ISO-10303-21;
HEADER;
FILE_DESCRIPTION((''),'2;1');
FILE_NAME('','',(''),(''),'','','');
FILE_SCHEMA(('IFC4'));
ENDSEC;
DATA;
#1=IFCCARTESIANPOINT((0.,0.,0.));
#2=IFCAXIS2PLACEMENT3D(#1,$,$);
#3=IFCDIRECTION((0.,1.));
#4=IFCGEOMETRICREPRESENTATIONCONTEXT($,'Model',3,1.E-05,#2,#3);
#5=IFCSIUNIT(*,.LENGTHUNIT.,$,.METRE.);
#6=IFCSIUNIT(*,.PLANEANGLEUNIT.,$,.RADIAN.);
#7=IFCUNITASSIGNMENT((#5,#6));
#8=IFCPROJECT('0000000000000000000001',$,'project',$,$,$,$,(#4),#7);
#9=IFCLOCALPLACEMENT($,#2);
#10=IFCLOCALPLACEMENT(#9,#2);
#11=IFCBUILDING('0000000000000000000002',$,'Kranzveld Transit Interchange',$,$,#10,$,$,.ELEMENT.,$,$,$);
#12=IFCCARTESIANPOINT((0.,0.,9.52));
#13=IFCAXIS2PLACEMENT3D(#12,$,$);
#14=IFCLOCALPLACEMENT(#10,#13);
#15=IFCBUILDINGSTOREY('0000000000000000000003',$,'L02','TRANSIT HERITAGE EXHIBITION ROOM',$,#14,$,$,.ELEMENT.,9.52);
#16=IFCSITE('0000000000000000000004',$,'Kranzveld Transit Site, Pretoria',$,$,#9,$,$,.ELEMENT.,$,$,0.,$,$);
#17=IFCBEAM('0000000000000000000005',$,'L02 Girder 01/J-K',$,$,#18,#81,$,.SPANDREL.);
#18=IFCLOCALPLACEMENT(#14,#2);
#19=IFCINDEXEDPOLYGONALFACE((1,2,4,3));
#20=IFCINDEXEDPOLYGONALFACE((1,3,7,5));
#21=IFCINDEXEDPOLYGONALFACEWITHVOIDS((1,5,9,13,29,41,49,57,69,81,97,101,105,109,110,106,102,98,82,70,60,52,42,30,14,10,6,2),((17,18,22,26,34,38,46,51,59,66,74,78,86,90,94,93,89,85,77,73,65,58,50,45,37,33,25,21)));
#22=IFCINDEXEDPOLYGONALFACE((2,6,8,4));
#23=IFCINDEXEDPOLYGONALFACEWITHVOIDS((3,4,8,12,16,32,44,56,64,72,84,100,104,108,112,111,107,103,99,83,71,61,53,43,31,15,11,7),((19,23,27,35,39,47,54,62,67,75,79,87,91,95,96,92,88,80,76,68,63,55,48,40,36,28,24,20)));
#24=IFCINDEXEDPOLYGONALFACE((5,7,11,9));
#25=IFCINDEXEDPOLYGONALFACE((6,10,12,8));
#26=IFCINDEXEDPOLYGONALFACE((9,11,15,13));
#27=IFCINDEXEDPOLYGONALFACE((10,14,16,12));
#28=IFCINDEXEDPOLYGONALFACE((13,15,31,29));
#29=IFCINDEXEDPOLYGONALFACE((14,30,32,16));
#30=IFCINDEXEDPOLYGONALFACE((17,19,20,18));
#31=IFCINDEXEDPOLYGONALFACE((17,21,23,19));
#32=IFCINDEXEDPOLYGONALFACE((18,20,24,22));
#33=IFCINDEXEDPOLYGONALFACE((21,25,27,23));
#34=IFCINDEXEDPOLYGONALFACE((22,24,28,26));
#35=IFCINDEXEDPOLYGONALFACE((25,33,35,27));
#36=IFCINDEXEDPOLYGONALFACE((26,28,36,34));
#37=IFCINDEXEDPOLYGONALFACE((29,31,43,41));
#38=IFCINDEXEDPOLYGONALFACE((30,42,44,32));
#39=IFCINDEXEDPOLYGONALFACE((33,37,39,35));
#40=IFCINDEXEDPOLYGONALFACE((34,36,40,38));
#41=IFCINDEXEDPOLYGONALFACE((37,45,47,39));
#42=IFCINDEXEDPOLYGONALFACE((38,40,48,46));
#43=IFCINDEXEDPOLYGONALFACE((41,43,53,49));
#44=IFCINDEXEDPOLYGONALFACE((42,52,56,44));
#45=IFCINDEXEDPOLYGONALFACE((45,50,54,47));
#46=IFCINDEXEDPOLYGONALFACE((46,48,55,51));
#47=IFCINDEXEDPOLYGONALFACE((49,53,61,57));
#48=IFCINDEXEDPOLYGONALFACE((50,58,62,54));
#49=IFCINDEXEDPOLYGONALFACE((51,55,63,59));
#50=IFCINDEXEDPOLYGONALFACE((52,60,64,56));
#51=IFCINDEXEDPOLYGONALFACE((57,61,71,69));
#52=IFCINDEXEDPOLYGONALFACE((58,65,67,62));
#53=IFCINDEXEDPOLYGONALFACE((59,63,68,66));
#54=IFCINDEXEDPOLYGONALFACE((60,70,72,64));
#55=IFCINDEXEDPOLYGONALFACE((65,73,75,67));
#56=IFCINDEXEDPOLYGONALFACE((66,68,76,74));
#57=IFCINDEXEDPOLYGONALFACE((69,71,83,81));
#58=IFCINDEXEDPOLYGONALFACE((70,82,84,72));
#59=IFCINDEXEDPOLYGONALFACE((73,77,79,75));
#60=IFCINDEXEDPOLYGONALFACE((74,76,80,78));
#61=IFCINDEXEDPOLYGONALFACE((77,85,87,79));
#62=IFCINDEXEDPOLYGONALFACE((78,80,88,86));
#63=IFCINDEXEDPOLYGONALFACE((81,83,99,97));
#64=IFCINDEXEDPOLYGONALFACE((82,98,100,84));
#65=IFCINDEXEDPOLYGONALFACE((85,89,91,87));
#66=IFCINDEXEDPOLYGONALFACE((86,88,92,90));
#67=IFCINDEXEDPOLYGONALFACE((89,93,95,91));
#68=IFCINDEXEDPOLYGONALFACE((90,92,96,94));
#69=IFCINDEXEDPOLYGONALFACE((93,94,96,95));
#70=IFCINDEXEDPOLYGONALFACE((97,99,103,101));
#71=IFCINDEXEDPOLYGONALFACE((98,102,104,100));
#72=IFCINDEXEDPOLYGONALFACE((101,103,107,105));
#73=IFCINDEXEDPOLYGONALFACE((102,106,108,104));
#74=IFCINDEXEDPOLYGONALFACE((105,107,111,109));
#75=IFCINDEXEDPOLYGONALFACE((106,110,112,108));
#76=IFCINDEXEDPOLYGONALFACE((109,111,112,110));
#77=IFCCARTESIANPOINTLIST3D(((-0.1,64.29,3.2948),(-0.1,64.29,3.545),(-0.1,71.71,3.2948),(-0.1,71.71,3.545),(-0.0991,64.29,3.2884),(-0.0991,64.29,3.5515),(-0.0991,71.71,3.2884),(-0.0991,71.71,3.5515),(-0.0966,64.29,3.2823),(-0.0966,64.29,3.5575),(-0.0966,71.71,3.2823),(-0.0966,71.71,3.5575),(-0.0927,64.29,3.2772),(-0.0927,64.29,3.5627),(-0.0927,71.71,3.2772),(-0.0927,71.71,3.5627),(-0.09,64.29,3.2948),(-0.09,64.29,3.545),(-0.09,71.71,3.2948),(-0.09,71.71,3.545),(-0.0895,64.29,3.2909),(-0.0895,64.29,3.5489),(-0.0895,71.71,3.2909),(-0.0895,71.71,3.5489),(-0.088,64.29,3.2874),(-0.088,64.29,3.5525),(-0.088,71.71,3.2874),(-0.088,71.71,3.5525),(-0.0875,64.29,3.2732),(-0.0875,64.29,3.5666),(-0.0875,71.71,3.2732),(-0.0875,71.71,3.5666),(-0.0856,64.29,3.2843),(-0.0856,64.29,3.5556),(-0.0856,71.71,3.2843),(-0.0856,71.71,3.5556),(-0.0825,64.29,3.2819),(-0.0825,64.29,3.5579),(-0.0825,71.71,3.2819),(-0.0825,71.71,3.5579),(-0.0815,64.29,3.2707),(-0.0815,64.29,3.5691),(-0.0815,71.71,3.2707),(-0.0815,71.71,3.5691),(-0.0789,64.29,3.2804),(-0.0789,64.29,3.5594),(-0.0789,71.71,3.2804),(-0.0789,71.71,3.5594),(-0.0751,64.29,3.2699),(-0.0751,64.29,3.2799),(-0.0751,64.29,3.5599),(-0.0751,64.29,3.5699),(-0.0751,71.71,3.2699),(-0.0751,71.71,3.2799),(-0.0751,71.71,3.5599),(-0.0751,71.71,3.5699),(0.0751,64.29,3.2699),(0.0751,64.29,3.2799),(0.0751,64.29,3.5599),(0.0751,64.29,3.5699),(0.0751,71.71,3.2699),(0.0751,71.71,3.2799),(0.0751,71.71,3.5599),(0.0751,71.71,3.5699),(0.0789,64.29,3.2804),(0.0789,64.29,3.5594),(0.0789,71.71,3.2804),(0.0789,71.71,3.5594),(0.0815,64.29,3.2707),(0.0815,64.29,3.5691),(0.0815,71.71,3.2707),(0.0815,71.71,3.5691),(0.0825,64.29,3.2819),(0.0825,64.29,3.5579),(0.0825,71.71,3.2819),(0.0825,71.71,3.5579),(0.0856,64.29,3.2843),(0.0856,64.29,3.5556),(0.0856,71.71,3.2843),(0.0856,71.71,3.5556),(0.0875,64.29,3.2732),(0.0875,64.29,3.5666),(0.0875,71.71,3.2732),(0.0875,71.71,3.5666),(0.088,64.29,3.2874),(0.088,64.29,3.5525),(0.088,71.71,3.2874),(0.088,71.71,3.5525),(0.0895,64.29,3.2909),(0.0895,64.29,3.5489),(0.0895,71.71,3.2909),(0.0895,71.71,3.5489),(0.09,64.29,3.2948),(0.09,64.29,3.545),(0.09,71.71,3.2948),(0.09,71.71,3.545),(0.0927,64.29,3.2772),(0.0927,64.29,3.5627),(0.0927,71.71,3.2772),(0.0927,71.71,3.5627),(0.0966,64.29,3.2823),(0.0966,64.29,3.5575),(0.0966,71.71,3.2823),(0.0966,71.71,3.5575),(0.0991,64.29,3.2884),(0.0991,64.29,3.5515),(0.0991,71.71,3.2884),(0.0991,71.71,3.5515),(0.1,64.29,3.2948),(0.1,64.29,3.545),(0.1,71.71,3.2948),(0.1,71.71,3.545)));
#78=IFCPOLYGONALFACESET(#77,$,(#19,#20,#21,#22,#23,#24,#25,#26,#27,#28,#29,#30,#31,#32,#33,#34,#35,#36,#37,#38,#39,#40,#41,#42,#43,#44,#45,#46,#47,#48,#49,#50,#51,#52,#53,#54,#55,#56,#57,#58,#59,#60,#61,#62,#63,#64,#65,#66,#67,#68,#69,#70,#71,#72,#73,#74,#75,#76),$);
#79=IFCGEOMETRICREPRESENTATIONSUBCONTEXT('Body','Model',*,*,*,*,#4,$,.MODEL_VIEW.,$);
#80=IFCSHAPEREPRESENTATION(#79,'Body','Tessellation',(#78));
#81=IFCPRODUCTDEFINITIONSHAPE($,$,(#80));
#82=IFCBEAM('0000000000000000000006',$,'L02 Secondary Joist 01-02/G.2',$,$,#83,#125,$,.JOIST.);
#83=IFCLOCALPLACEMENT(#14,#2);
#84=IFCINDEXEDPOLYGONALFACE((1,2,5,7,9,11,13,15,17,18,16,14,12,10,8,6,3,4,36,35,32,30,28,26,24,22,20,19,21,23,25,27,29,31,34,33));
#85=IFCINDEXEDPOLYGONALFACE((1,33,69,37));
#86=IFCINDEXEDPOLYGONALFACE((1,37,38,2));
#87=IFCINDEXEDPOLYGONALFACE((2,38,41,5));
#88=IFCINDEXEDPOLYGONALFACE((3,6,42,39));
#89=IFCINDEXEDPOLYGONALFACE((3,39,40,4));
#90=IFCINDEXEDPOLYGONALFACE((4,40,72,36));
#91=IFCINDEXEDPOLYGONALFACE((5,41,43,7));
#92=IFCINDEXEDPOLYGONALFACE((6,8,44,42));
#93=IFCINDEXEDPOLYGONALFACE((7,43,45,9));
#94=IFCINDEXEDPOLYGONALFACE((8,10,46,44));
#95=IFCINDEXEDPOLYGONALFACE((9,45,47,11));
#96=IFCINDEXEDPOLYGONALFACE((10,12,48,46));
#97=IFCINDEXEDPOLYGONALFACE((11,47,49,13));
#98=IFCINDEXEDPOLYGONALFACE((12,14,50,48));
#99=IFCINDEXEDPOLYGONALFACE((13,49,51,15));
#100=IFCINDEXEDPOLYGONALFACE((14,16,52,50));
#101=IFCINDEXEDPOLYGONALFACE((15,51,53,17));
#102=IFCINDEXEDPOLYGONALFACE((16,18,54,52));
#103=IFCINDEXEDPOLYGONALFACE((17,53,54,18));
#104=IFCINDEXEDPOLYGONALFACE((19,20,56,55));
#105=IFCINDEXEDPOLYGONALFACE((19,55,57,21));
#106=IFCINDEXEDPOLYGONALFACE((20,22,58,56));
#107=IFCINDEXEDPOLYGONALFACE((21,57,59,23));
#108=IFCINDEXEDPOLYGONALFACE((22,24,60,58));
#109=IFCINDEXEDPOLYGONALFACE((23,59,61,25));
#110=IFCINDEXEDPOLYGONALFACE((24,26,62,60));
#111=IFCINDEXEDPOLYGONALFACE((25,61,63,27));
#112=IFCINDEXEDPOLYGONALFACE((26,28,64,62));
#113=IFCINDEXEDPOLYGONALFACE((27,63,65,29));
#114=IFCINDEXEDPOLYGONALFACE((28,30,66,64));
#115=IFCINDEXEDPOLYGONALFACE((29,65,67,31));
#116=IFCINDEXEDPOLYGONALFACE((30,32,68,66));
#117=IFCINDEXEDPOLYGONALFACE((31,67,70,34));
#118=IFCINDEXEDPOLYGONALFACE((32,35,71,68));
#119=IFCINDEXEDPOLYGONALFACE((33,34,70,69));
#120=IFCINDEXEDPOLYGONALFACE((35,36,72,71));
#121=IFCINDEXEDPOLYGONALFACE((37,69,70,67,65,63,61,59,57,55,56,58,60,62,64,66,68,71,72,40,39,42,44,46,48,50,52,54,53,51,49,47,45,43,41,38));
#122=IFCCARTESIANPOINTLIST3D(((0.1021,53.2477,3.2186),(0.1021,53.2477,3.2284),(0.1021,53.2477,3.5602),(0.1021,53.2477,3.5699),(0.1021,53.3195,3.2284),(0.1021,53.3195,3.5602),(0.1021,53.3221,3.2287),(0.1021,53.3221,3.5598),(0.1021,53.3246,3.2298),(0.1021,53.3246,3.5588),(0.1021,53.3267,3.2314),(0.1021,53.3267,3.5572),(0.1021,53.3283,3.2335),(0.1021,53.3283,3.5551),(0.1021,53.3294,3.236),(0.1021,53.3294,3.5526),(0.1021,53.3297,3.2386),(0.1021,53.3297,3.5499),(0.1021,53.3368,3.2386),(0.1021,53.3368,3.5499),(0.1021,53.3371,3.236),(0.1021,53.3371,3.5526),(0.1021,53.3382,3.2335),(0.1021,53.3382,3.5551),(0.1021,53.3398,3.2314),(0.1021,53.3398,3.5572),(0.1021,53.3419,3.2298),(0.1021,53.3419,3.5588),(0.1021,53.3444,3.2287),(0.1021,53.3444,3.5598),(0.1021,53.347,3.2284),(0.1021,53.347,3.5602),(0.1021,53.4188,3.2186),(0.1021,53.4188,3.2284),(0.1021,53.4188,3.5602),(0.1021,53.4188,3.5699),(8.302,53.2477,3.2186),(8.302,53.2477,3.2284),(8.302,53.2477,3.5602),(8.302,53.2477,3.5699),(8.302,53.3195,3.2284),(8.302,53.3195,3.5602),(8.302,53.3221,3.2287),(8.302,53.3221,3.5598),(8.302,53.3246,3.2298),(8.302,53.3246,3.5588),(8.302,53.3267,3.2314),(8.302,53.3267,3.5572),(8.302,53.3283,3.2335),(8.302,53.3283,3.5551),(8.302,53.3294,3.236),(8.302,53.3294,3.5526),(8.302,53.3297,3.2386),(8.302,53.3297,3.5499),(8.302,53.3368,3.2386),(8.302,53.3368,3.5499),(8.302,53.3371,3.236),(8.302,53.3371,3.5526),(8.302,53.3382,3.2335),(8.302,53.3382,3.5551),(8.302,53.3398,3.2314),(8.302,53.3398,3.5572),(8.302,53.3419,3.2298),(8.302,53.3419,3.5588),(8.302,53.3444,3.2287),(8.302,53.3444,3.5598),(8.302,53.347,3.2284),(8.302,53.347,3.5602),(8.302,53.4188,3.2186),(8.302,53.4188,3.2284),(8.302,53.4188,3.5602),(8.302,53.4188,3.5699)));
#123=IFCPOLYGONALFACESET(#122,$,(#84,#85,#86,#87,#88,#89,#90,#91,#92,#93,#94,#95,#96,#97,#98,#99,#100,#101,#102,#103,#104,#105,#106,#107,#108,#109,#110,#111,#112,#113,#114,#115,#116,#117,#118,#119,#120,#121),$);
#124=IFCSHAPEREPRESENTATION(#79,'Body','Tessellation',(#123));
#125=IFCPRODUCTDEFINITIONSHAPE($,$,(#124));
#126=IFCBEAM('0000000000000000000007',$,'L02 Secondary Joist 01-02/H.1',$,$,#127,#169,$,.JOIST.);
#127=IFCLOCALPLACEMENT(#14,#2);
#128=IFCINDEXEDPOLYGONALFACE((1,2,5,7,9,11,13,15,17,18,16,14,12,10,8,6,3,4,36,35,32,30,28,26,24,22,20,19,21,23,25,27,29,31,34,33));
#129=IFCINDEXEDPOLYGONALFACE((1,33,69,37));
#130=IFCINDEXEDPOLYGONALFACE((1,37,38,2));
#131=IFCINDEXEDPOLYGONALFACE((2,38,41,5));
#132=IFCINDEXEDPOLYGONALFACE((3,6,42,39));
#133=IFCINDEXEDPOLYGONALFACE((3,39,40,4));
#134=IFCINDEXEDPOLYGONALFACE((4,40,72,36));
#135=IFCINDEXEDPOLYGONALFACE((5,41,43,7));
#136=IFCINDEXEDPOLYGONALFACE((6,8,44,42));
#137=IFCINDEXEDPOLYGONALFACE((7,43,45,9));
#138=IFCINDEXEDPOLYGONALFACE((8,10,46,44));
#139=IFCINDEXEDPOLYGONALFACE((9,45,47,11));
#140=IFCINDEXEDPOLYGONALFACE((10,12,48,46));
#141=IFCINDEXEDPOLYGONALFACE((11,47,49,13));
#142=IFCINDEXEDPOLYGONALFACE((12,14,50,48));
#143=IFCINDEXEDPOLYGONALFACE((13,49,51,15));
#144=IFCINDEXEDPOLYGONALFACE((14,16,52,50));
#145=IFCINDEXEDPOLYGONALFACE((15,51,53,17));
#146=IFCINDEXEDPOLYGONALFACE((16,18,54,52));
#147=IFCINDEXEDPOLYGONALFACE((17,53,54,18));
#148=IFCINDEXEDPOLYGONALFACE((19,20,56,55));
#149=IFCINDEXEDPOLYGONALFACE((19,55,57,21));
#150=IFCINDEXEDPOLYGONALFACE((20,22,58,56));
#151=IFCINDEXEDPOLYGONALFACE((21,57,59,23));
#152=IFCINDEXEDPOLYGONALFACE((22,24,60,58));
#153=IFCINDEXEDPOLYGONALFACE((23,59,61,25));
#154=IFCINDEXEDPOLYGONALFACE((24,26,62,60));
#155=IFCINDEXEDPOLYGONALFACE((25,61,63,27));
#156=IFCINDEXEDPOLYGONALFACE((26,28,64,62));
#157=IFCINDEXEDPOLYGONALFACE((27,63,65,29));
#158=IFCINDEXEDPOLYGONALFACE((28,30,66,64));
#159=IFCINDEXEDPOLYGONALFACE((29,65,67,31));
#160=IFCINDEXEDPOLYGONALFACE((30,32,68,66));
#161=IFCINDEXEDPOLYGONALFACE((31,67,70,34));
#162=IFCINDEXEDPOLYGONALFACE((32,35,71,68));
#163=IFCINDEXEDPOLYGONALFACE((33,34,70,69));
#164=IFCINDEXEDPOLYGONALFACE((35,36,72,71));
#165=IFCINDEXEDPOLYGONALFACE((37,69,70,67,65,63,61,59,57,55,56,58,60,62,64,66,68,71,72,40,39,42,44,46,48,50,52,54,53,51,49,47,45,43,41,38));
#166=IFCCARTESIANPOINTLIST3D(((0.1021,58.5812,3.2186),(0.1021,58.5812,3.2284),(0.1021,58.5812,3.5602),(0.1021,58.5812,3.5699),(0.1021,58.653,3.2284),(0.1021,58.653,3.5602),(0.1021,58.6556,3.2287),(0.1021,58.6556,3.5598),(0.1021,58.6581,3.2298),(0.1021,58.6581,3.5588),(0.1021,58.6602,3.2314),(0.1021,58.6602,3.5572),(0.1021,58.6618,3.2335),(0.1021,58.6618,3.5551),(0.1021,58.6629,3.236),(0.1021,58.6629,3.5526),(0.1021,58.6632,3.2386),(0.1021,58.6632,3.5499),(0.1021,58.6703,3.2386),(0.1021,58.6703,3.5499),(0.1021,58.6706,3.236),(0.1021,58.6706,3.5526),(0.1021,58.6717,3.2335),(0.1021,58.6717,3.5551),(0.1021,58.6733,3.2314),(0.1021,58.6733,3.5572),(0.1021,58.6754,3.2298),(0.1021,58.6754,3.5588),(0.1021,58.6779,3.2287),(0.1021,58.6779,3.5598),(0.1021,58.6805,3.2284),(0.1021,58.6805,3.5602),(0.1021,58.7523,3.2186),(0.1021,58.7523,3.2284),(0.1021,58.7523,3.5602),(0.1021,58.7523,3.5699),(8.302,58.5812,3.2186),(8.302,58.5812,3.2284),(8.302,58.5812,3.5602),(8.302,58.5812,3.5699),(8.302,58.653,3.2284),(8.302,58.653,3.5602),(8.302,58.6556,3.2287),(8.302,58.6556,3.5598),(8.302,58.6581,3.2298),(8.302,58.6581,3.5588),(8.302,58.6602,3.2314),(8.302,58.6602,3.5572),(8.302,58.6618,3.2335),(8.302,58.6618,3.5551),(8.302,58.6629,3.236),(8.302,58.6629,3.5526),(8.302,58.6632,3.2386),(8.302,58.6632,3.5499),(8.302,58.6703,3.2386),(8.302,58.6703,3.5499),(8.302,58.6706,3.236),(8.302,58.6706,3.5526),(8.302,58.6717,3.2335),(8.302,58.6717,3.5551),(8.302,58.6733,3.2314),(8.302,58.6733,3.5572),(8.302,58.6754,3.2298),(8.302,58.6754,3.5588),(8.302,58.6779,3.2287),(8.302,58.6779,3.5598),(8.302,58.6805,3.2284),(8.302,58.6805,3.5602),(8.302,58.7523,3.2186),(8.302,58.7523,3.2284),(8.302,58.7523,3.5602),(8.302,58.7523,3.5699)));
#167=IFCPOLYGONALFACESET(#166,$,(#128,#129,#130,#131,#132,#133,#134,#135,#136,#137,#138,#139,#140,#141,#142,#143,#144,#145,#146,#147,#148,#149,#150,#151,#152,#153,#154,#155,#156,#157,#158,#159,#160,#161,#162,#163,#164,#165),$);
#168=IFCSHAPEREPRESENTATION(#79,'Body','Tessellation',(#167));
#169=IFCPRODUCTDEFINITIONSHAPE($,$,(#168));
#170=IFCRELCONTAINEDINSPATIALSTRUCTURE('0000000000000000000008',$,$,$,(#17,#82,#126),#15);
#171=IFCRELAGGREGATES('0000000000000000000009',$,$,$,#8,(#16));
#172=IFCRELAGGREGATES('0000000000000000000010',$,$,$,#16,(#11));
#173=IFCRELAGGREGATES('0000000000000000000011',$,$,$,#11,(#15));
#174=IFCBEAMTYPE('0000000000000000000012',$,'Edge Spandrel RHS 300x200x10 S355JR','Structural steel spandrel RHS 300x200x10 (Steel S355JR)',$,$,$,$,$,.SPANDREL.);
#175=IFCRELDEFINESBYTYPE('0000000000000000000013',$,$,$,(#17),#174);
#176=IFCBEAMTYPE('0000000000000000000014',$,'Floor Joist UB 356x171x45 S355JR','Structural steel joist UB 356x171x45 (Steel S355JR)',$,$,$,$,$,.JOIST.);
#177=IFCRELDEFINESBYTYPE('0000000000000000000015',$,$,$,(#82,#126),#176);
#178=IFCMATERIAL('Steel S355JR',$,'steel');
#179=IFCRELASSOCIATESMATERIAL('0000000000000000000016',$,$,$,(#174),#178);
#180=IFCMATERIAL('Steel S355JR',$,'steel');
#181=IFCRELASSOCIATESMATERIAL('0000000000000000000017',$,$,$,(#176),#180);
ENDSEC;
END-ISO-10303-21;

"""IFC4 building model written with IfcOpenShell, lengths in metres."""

from ifc_helpers import new_model, si_unit, direction, frame, origin, origin_2d, place, context, subcontext, project, spatial, hollow_rectangle, i_section, extrude, material, material_profile, profile_set, type_object, element, save


model = new_model("IFC4")

# Units and contexts
model_context = context("Model", 3, precision=1e-05, world=origin(), true_north=direction((0.0, 1.0)))
body_context = subcontext(model_context, "Body", "Model", "MODEL_VIEW")
ifc_project = project(units=[si_unit("LENGTHUNIT", "METRE"), si_unit("PLANEANGLEUNIT", "RADIAN")], contexts=[model_context])

# Site, building, storey
site_placement = place(None, origin())
site = spatial("IfcSite", under=ifc_project, at=site_placement, Name="Kranzveld Transit Site, Pretoria", CompositionType="ELEMENT", RefElevation=0.0)
building_placement = place(site_placement, origin())
building = spatial("IfcBuilding", under=site, at=building_placement, Name="Kranzveld Transit Interchange", CompositionType="ELEMENT")
storey_placement = place(building_placement, frame((0.0, 0.0, 9.52)))
storey = spatial("IfcBuildingStorey", under=building, at=storey_placement, Name="L02", Description="TRANSIT HERITAGE EXHIBITION ROOM", CompositionType="ELEMENT", Elevation=9.52)

# Beams
ifc_material_1 = material(Name="Steel S355JR", Category="steel")
ifc_material_profile_1 = material_profile(ifc_material_1, hollow_rectangle(XDim=0.2, YDim=0.3, WallThickness=0.01, InnerFilletRadius=0.0149, OuterFilletRadius=0.0249, at=origin_2d()), Name="RHS 300x200x10")
ifc_profile_set_1 = profile_set([ifc_material_profile_1], Name="Steel S355JR")
beam_type_1 = type_object("IfcBeamType", Name="Edge Spandrel RHS 300x200x10 S355JR", Description="Structural steel spandrel RHS 300x200x10 (Steel S355JR)", PredefinedType="SPANDREL", material=ifc_profile_set_1)
for number, where, z_axis, x_axis, name in (
    (1, (0.0, 64.29, 3.4199), (0.0, 1.0, 0.0), (-1.0, 0.0, 0.0), "L02 Girder 01/J-K"),
):
    element("IfcBeam", number, at=place(storey_placement, frame(where, z_axis=z_axis, x_axis=x_axis)), inside=storey, type_object=beam_type_1, Name=name, PredefinedType="SPANDREL", context=body_context, shape_type="SweptSolid", body=[
        extrude(hollow_rectangle(XDim=0.2, YDim=0.3, WallThickness=0.01, InnerFilletRadius=0.0149, OuterFilletRadius=0.0249, at=origin_2d()), origin(), (0.0, 0.0, 1.0), 7.4199),
    ])
ifc_material_2 = material(Name="Steel S355JR", Category="steel")
ifc_material_profile_2 = material_profile(ifc_material_2, i_section(OverallWidth=0.1711, OverallDepth=0.3513, WebThickness=0.0071, FlangeThickness=0.0098, FilletRadius=0.0103, at=origin_2d()), Name="UB 356x171x45")
ifc_profile_set_2 = profile_set([ifc_material_profile_2], Name="Steel S355JR")
beam_type_2 = type_object("IfcBeamType", Name="Floor Joist UB 356x171x45 S355JR", Description="Structural steel joist UB 356x171x45 (Steel S355JR)", PredefinedType="JOIST", material=ifc_profile_set_2)
for number, where, z_axis, x_axis, name in (
    (2, (0.1021, 53.3333, 3.3943), (1.0, 0.0, 0.0), (0.0, 1.0, 0.0), "L02 Secondary Joist 01-02/G.2"),
    (3, (0.1021, 58.6667, 3.3943), (1.0, 0.0, 0.0), (0.0, 1.0, 0.0), "L02 Secondary Joist 01-02/H.1"),
):
    element("IfcBeam", number, at=place(storey_placement, frame(where, z_axis=z_axis, x_axis=x_axis)), inside=storey, type_object=beam_type_2, Name=name, PredefinedType="JOIST", context=body_context, shape_type="SweptSolid", body=[
        extrude(i_section(OverallWidth=0.1711, OverallDepth=0.3513, WebThickness=0.0071, FlangeThickness=0.0098, FilletRadius=0.0103, at=origin_2d()), origin(), (0.0, 0.0, 1.0), 8.2),
    ])

save(model, "model.ifc")
